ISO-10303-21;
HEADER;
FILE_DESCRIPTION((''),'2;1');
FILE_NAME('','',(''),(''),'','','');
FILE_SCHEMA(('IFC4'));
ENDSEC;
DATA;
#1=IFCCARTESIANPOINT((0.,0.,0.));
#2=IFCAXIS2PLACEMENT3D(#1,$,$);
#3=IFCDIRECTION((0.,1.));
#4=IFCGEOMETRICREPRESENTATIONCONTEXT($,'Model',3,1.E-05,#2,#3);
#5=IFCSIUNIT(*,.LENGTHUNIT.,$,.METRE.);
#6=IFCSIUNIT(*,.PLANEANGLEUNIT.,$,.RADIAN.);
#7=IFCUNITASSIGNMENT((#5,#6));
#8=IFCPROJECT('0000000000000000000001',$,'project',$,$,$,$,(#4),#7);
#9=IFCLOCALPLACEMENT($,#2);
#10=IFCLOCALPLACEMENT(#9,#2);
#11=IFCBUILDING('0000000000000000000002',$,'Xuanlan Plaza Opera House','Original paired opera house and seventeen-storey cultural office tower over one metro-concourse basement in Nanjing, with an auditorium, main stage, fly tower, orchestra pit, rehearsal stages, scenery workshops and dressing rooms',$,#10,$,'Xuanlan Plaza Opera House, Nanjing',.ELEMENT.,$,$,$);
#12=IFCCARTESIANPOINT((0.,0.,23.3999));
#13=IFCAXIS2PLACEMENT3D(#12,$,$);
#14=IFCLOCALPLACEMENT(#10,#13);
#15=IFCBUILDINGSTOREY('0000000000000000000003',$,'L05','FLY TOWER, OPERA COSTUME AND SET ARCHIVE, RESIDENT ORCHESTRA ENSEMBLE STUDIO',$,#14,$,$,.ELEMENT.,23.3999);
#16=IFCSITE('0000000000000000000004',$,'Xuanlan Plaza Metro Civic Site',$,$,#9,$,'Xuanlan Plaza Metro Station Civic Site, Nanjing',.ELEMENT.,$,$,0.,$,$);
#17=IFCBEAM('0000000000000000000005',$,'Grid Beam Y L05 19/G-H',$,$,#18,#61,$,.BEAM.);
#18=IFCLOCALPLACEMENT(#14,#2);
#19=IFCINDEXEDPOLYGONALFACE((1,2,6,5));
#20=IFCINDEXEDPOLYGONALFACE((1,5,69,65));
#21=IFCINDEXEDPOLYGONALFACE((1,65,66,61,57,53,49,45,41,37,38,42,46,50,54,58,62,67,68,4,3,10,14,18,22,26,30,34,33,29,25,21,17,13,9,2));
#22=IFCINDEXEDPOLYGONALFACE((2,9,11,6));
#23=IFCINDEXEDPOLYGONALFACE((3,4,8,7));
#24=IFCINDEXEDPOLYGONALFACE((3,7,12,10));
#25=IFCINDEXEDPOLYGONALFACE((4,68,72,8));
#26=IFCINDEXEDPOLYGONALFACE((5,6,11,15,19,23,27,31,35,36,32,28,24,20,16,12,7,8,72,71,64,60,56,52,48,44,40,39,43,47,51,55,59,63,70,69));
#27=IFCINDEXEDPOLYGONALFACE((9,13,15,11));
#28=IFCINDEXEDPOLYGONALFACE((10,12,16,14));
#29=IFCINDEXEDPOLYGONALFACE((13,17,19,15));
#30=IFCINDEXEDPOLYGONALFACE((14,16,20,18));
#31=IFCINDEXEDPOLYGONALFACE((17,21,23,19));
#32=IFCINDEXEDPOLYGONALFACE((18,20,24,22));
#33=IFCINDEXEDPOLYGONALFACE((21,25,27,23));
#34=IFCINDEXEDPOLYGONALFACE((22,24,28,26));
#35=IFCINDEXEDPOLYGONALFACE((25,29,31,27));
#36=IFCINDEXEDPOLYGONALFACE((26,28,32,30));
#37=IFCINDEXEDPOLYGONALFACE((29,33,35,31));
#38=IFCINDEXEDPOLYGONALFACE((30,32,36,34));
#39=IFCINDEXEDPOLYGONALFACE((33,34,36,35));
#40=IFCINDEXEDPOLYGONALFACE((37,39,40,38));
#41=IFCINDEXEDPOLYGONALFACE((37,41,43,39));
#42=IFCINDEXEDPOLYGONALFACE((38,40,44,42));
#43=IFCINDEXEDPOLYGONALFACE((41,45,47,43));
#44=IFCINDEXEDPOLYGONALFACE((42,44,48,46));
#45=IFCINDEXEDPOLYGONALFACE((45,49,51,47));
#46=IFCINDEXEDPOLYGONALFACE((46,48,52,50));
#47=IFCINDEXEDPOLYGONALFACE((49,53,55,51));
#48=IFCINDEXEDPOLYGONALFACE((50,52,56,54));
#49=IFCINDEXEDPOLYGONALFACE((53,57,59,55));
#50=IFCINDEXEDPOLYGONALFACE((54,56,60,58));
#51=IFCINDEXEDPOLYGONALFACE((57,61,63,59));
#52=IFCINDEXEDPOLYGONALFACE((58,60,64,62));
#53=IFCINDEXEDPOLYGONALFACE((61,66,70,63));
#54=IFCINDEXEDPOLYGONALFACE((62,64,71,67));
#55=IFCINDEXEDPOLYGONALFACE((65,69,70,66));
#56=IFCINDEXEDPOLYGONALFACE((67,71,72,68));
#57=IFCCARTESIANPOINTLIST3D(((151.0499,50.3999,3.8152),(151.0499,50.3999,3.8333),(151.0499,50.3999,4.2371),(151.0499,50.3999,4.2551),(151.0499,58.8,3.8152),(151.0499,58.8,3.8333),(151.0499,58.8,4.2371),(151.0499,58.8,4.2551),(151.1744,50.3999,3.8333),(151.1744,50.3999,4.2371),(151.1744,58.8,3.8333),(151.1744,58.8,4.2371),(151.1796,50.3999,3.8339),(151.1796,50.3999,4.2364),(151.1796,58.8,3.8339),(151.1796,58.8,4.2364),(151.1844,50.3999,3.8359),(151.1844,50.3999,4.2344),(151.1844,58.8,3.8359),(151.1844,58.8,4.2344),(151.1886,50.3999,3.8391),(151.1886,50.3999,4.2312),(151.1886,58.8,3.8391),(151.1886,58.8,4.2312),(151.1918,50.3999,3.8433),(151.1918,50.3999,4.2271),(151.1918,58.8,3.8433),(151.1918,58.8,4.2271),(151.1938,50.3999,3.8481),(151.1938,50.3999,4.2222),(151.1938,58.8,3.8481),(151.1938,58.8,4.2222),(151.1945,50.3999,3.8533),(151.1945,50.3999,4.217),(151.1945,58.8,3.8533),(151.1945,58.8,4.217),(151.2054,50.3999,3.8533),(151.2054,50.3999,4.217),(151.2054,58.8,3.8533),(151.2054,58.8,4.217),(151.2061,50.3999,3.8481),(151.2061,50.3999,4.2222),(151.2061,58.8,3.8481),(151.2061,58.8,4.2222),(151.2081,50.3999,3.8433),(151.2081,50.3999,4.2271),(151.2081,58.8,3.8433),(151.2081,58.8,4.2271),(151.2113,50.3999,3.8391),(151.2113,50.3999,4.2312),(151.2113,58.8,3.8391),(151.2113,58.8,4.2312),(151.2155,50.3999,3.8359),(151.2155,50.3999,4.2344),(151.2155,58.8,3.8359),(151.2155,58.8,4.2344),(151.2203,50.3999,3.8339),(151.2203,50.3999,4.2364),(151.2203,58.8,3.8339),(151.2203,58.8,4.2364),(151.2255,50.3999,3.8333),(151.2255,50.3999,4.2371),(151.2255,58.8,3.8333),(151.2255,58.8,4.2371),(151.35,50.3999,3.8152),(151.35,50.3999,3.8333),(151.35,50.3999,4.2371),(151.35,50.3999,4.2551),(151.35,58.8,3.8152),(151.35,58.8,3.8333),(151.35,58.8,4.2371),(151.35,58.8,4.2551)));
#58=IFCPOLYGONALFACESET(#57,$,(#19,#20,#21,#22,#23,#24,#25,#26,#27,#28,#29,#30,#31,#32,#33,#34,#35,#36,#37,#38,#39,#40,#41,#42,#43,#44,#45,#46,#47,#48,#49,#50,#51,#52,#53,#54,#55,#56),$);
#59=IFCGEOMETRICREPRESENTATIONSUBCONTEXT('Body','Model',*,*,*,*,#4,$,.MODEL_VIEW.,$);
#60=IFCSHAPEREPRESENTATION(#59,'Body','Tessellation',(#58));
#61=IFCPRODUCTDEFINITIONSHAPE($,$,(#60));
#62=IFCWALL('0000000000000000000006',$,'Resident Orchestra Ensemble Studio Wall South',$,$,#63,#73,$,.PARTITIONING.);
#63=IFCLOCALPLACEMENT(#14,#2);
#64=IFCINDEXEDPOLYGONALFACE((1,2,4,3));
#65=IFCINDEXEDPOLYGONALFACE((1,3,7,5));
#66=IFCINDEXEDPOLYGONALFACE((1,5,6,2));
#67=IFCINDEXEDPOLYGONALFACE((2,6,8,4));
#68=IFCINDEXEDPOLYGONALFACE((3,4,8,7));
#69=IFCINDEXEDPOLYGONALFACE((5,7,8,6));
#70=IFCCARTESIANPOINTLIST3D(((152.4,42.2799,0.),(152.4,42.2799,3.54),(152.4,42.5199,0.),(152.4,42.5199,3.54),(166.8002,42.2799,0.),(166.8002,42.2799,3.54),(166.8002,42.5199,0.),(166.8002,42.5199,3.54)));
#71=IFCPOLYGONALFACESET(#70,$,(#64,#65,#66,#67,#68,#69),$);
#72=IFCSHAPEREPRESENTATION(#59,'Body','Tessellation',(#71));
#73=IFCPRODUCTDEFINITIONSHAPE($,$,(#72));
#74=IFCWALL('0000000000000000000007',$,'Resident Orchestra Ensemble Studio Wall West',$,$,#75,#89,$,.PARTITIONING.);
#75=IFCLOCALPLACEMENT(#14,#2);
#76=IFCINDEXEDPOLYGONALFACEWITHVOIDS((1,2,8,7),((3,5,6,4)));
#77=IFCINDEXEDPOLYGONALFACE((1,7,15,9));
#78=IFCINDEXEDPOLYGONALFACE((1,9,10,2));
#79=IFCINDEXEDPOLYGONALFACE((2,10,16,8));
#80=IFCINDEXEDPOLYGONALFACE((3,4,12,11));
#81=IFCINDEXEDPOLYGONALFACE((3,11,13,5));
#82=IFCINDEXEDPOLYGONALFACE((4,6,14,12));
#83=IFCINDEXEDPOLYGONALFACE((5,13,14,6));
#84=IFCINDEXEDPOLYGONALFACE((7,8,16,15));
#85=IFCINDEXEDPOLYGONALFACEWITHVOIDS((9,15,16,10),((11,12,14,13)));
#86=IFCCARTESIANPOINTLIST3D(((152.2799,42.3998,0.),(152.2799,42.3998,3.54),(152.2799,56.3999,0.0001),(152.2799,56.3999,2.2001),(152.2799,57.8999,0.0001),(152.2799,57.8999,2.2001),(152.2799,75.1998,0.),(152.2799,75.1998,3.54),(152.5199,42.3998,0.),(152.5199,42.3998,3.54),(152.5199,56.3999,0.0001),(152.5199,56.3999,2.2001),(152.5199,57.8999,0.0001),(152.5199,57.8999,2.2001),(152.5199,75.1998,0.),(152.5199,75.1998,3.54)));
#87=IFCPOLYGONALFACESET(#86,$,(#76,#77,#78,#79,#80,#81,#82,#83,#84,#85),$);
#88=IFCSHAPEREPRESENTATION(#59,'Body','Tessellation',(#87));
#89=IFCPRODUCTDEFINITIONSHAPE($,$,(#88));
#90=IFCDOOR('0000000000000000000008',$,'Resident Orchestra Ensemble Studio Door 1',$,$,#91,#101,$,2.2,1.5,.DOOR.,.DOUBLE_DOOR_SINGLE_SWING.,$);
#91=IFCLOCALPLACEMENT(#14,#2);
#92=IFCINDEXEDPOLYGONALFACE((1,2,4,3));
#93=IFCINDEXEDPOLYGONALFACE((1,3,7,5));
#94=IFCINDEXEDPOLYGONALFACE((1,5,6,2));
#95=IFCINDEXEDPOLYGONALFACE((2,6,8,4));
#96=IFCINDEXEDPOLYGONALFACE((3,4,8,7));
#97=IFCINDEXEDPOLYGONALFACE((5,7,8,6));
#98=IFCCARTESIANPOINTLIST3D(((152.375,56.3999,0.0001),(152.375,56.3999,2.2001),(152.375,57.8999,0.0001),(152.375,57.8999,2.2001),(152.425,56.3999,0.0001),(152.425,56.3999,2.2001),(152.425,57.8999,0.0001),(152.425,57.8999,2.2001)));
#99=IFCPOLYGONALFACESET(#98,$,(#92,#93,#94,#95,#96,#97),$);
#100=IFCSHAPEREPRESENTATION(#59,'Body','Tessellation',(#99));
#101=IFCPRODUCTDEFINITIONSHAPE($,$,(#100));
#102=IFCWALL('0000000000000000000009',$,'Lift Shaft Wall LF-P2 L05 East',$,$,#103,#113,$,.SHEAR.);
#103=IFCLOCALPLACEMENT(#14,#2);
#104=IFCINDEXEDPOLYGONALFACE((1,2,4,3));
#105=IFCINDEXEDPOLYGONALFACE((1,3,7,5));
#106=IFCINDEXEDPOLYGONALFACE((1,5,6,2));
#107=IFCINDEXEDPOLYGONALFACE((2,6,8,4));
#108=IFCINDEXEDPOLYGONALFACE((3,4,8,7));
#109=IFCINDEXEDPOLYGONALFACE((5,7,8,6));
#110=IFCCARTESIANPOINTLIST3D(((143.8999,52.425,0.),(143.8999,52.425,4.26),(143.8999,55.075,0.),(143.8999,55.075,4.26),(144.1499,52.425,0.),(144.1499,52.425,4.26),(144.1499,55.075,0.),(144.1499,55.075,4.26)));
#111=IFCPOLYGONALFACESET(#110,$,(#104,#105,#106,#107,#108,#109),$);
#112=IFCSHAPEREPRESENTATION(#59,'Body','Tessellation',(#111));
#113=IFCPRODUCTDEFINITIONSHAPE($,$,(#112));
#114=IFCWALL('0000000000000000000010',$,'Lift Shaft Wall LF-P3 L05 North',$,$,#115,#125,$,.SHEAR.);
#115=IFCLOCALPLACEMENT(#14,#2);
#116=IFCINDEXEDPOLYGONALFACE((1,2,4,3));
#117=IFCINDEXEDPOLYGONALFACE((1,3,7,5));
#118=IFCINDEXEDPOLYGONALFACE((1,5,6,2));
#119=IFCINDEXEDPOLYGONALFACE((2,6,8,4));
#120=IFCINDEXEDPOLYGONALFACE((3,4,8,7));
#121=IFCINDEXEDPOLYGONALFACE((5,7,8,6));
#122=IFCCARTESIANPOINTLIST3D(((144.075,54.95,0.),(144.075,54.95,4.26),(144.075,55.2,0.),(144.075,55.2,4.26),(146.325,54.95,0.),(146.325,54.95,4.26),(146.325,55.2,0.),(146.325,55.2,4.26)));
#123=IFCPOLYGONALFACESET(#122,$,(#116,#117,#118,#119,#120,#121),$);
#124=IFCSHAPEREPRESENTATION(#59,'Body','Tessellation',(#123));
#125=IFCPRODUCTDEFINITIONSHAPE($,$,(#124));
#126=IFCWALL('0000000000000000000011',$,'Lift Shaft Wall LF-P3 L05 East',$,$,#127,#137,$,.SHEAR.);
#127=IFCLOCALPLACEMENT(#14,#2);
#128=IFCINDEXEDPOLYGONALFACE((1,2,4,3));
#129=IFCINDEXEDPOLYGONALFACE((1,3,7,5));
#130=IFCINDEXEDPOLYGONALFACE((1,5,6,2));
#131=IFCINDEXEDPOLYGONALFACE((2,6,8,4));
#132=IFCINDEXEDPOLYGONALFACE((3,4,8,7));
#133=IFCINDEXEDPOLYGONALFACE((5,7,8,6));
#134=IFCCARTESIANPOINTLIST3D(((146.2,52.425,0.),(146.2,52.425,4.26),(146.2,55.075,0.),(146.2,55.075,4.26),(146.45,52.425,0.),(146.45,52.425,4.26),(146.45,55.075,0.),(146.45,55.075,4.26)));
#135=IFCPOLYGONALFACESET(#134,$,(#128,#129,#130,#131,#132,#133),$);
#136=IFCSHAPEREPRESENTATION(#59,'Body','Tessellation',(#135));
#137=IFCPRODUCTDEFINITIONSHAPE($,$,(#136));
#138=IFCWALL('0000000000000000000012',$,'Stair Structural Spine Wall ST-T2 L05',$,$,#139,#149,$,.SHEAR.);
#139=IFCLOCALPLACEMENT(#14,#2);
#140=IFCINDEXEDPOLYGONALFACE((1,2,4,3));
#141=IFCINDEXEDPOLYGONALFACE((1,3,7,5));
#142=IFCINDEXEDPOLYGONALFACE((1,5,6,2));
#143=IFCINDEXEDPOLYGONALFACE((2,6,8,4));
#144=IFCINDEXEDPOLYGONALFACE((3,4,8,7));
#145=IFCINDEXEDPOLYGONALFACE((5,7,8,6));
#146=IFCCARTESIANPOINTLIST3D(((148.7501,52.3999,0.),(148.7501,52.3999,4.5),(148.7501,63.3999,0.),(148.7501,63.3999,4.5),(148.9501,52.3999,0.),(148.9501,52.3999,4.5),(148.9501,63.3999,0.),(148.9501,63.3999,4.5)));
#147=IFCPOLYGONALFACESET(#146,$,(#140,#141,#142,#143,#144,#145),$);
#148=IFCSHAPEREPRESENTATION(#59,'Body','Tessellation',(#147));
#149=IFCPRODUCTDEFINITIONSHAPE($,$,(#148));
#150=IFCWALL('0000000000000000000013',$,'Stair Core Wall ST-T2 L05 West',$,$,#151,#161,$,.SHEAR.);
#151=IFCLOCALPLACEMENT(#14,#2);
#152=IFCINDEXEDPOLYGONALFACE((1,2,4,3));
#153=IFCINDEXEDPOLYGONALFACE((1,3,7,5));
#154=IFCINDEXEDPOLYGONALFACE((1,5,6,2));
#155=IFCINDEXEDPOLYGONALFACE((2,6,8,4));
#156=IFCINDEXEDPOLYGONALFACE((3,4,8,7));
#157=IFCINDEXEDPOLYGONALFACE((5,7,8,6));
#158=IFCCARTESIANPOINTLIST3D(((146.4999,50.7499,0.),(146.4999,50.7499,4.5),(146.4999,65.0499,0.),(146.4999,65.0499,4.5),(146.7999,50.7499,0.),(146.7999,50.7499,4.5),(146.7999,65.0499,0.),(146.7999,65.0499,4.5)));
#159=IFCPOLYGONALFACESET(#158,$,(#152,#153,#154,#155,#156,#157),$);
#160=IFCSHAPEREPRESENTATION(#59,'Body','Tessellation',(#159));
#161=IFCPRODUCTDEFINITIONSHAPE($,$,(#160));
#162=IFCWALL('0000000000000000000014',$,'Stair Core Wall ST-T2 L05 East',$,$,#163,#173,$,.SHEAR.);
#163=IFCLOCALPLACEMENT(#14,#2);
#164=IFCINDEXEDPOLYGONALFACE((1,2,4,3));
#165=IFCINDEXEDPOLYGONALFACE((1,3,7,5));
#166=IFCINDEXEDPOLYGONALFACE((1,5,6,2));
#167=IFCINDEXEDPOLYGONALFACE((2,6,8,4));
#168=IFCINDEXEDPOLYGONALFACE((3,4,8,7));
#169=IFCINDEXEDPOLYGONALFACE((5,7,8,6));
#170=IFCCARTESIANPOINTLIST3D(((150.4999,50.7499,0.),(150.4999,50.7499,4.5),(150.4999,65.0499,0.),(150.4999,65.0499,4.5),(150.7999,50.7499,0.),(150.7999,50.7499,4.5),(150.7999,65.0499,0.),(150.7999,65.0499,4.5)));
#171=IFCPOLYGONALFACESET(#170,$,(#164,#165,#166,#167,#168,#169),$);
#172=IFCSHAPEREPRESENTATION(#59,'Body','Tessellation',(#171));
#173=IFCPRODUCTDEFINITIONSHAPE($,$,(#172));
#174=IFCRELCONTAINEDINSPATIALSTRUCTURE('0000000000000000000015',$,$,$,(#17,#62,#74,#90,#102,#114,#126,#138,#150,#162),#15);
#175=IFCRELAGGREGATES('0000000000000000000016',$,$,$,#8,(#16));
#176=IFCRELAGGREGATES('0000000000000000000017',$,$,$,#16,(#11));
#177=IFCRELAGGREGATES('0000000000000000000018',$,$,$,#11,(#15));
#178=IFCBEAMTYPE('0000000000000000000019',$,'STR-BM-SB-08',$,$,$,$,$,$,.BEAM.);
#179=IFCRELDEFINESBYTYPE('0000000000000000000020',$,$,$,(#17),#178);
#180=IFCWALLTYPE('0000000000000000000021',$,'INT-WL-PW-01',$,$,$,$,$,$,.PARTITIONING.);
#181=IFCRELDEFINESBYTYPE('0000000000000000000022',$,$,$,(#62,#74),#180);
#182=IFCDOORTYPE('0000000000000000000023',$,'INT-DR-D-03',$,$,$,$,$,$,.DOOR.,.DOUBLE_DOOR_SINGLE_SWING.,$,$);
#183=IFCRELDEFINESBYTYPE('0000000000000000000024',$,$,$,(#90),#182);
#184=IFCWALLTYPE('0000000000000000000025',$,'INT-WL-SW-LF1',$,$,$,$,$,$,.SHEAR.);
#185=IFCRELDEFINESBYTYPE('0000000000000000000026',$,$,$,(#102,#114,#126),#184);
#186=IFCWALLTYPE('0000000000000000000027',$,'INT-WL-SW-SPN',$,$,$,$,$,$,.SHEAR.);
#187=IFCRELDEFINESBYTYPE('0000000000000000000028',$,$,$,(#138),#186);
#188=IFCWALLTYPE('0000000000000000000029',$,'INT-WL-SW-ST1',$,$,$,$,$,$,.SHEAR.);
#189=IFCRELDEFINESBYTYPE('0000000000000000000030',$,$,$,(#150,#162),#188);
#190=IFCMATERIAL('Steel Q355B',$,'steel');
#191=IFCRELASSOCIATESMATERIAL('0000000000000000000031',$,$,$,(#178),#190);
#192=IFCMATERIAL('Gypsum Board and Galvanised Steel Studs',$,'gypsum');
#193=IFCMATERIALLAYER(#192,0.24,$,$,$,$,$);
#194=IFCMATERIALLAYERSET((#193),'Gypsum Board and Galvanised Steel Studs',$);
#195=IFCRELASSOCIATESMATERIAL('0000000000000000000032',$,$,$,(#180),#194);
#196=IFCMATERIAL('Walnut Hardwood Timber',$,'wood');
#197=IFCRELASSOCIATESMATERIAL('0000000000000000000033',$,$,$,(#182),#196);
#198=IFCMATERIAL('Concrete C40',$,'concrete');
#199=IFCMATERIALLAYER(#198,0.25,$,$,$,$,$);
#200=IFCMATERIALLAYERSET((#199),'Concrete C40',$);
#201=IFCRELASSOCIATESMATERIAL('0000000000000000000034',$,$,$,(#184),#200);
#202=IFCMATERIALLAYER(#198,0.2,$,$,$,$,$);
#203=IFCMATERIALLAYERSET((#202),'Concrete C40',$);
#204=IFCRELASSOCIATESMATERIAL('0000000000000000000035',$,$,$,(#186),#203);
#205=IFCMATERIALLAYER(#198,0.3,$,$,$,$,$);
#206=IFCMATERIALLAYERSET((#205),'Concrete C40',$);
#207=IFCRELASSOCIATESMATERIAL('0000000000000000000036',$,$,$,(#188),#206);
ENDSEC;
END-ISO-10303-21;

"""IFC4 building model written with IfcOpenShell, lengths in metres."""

from ifc_helpers import new_model, si_unit, direction, frame, frame_2d, origin, origin_2d, place, context, subcontext, project, spatial, rectangle, i_section, extrude, material, layer, layer_set, material_profile, profile_set, type_object, element, fill, save


model = new_model("IFC4")

# Units and contexts
model_context = context("Model", 3, precision=1e-05, world=origin(), true_north=direction((0.0, 1.0)))
body_context = subcontext(model_context, "Body", "Model", "MODEL_VIEW")
ifc_project = project(units=[si_unit("LENGTHUNIT", "METRE"), si_unit("PLANEANGLEUNIT", "RADIAN")], contexts=[model_context])

# Site, building, storey
site_placement = place(None, origin())
site = spatial("IfcSite", under=ifc_project, at=site_placement, Name="Xuanlan Plaza Metro Civic Site", LongName="Xuanlan Plaza Metro Station Civic Site, Nanjing", CompositionType="ELEMENT", RefElevation=0.0)
building_placement = place(site_placement, origin())
building = spatial("IfcBuilding", under=site, at=building_placement, Name="Xuanlan Plaza Opera House", Description="Original paired opera house and seventeen-storey cultural office tower over one metro-concourse basement in Nanjing, with an auditorium, main stage, fly tower, orchestra pit, rehearsal stages, scenery workshops and dressing rooms", LongName="Xuanlan Plaza Opera House, Nanjing", CompositionType="ELEMENT")
storey_placement = place(building_placement, frame((0.0, 0.0, 23.3999)))
storey = spatial("IfcBuildingStorey", under=building, at=storey_placement, Name="L05", Description="FLY TOWER, OPERA COSTUME AND SET ARCHIVE, RESIDENT ORCHESTRA ENSEMBLE STUDIO", CompositionType="ELEMENT", Elevation=23.3999)

# Shared definitions
ifc_material_1 = material(Name="Steel Q355B", Category="steel")

# Beam
ifc_material_2 = material(Name="Concrete C40", Category="concrete")
ifc_material_profile_1 = material_profile(ifc_material_1, i_section(OverallWidth=0.3, OverallDepth=0.4399, WebThickness=0.011, FlangeThickness=0.0181, FilletRadius=0.02, at=origin_2d()), Name="HM 440x300x11x18")
ifc_profile_set_1 = profile_set([ifc_material_profile_1], Name="Steel Q355B")
beam_type_1 = type_object("IfcBeamType", Name="STR-BM-SB-08", PredefinedType="BEAM", material=ifc_profile_set_1)
beam_1_placement = place(storey_placement, frame((151.2, 50.3999, 4.0352), z_axis=(0.0, 1.0, 0.0), x_axis=(-1.0, 0.0, 0.0)))
element("IfcBeam", 1, at=beam_1_placement, inside=storey, type_object=beam_type_1, Name="Grid Beam Y L05 19/G-H", PredefinedType="BEAM", context=body_context, shape_type="SweptSolid", body=[
    extrude(i_section(OverallWidth=0.3, OverallDepth=0.4399, WebThickness=0.011, FlangeThickness=0.0181, FilletRadius=0.02, at=origin_2d()), origin(), (0.0, 0.0, 1.0), 8.4001),
])

# Wall
ifc_material_3 = material(Name="Gypsum Board and Galvanised Steel Studs", Category="gypsum")
ifc_layer_1 = layer(ifc_material_3, 0.24)
ifc_layer_set_1 = layer_set([ifc_layer_1], Name="Gypsum Board and Galvanised Steel Studs")
wall_type_1 = type_object("IfcWallType", Name="INT-WL-PW-01", PredefinedType="PARTITIONING", material=ifc_layer_set_1)
wall_1_placement = place(storey_placement, frame((152.3999, 42.3999, 0.0), z_axis=(0.0, 0.0, 1.0), x_axis=(1.0, 0.0, 0.0)))
element("IfcWall", 2, at=wall_1_placement, inside=storey, type_object=wall_type_1, Name="Resident Orchestra Ensemble Studio Wall South", PredefinedType="PARTITIONING", context=body_context, shape_type="SweptSolid", body=[
    extrude(rectangle(XDim=14.4001, YDim=0.24, at=frame_2d((7.2002, 0.0))), origin(), (0.0, 0.0, 1.0), 3.54),
])

# Wall, opening, door
wall_2_placement = place(storey_placement, frame((152.3999, 42.3999, 0.0), z_axis=(0.0, 0.0, 1.0), x_axis=(0.0, 1.0, 0.0)))
wall_2 = element("IfcWall", 3, at=wall_2_placement, inside=storey, type_object=wall_type_1, Name="Resident Orchestra Ensemble Studio Wall West", PredefinedType="PARTITIONING", context=body_context, shape_type="SweptSolid", body=[
    extrude(rectangle(XDim=32.8, YDim=0.24, at=frame_2d((16.3999, 0.0))), origin(), (0.0, 0.0, 1.0), 3.54),
])
opening_1_placement = place(wall_2_placement, frame((14.0, 0.0, 0.0)))
opening_1 = element("IfcOpeningElement", 4, at=opening_1_placement, cuts=wall_2, PredefinedType="OPENING", context=body_context, shape_type="SweptSolid", body=[
    extrude(rectangle(XDim=1.5, YDim=2.2, at=frame_2d((0.75, 1.1001))), frame((0.0, 0.1299, 0.0), z_axis=(0.0, -1.0, 0.0), x_axis=(1.0, 0.0, 0.0)), (0.0, 0.0, 1.0), 0.26),
])
ifc_material_4 = material(Name="Walnut Hardwood Timber", Category="wood")
door_type_1 = type_object("IfcDoorType", Name="INT-DR-D-03", OperationType="DOUBLE_DOOR_SINGLE_SWING", PredefinedType="DOOR", material=ifc_material_4)
door_1_placement = place(opening_1_placement, origin())
door_1 = element("IfcDoor", 5, at=door_1_placement, inside=storey, type_object=door_type_1, Name="Resident Orchestra Ensemble Studio Door 1", OperationType="DOUBLE_DOOR_SINGLE_SWING", OverallHeight=2.2, OverallWidth=1.5, PredefinedType="DOOR", context=body_context, shape_type="SweptSolid", body=[
    extrude(rectangle(XDim=1.5, YDim=2.2, at=frame_2d((0.75, 1.1001))), frame((0.0, 0.0249, 0.0), z_axis=(0.0, -1.0, 0.0), x_axis=(1.0, 0.0, 0.0)), (0.0, 0.0, 1.0), 0.05),
])
fill(opening_1, door_1)

# Wall
ifc_layer_2 = layer(ifc_material_2, 0.25)
ifc_layer_set_2 = layer_set([ifc_layer_2], Name="Concrete C40")
wall_type_2 = type_object("IfcWallType", Name="INT-WL-SW-LF1", PredefinedType="SHEAR", material=ifc_layer_set_2)
wall_3_placement = place(storey_placement, frame((144.0249, 52.425, 0.0), z_axis=(0.0, 0.0, 1.0), x_axis=(0.0, 1.0, 0.0)))
element("IfcWall", 6, at=wall_3_placement, inside=storey, type_object=wall_type_2, Name="Lift Shaft Wall LF-P2 L05 East", PredefinedType="SHEAR", context=body_context, shape_type="SweptSolid", body=[
    extrude(rectangle(XDim=2.6499, YDim=0.25, at=frame_2d((1.325, 0.0))), origin(), (0.0, 0.0, 1.0), 4.26),
])

# Walls
wall_4_placement = place(storey_placement, frame((144.075, 55.075, 0.0), z_axis=(0.0, 0.0, 1.0), x_axis=(1.0, 0.0, 0.0)))
element("IfcWall", 7, at=wall_4_placement, inside=storey, type_object=wall_type_2, Name="Lift Shaft Wall LF-P3 L05 North", PredefinedType="SHEAR", context=body_context, shape_type="SweptSolid", body=[
    extrude(rectangle(XDim=2.25, YDim=0.25, at=frame_2d((1.125, 0.0))), origin(), (0.0, 0.0, 1.0), 4.26),
])
wall_5_placement = place(storey_placement, frame((146.325, 52.425, 0.0), z_axis=(0.0, 0.0, 1.0), x_axis=(0.0, 1.0, 0.0)))
element("IfcWall", 8, at=wall_5_placement, inside=storey, type_object=wall_type_2, Name="Lift Shaft Wall LF-P3 L05 East", PredefinedType="SHEAR", context=body_context, shape_type="SweptSolid", body=[
    extrude(rectangle(XDim=2.6499, YDim=0.25, at=frame_2d((1.325, 0.0))), origin(), (0.0, 0.0, 1.0), 4.26),
])
ifc_layer_3 = layer(ifc_material_2, 0.2)
ifc_layer_set_3 = layer_set([ifc_layer_3], Name="Concrete C40")
wall_type_3 = type_object("IfcWallType", Name="INT-WL-SW-SPN", PredefinedType="SHEAR", material=ifc_layer_set_3)
wall_6_placement = place(storey_placement, frame((148.8501, 52.3999, 0.0), z_axis=(0.0, 0.0, 1.0), x_axis=(0.0, 1.0, 0.0)))
element("IfcWall", 9, at=wall_6_placement, inside=storey, type_object=wall_type_3, Name="Stair Structural Spine Wall ST-T2 L05", PredefinedType="SHEAR", context=body_context, shape_type="SweptSolid", body=[
    extrude(rectangle(XDim=11.0, YDim=0.2, at=frame_2d((5.5, 0.0))), origin(), (0.0, 0.0, 1.0), 4.5),
])

# Shared definitions
ifc_layer_4 = layer(ifc_material_2, 0.3)
ifc_layer_set_4 = layer_set([ifc_layer_4], Name="Concrete C40")
wall_type_4 = type_object("IfcWallType", Name="INT-WL-SW-ST1", PredefinedType="SHEAR", material=ifc_layer_set_4)

# Walls
for number, where, z_axis, x_axis, name in (
    (10, (146.6499, 50.75, 0.0), (0.0, 0.0, 1.0), (0.0, 1.0, 0.0), "Stair Core Wall ST-T2 L05 West"),
    (11, (150.6499, 50.75, 0.0), (0.0, 0.0, 1.0), (0.0, 1.0, 0.0), "Stair Core Wall ST-T2 L05 East"),
):
    element("IfcWall", number, at=place(storey_placement, frame(where, z_axis=z_axis, x_axis=x_axis)), inside=storey, type_object=wall_type_4, Name=name, PredefinedType="SHEAR", context=body_context, shape_type="SweptSolid", body=[
        extrude(rectangle(XDim=14.3, YDim=0.3, at=frame_2d((7.1499, 0.0))), origin(), (0.0, 0.0, 1.0), 4.5),
    ])

save(model, "model.ifc")
